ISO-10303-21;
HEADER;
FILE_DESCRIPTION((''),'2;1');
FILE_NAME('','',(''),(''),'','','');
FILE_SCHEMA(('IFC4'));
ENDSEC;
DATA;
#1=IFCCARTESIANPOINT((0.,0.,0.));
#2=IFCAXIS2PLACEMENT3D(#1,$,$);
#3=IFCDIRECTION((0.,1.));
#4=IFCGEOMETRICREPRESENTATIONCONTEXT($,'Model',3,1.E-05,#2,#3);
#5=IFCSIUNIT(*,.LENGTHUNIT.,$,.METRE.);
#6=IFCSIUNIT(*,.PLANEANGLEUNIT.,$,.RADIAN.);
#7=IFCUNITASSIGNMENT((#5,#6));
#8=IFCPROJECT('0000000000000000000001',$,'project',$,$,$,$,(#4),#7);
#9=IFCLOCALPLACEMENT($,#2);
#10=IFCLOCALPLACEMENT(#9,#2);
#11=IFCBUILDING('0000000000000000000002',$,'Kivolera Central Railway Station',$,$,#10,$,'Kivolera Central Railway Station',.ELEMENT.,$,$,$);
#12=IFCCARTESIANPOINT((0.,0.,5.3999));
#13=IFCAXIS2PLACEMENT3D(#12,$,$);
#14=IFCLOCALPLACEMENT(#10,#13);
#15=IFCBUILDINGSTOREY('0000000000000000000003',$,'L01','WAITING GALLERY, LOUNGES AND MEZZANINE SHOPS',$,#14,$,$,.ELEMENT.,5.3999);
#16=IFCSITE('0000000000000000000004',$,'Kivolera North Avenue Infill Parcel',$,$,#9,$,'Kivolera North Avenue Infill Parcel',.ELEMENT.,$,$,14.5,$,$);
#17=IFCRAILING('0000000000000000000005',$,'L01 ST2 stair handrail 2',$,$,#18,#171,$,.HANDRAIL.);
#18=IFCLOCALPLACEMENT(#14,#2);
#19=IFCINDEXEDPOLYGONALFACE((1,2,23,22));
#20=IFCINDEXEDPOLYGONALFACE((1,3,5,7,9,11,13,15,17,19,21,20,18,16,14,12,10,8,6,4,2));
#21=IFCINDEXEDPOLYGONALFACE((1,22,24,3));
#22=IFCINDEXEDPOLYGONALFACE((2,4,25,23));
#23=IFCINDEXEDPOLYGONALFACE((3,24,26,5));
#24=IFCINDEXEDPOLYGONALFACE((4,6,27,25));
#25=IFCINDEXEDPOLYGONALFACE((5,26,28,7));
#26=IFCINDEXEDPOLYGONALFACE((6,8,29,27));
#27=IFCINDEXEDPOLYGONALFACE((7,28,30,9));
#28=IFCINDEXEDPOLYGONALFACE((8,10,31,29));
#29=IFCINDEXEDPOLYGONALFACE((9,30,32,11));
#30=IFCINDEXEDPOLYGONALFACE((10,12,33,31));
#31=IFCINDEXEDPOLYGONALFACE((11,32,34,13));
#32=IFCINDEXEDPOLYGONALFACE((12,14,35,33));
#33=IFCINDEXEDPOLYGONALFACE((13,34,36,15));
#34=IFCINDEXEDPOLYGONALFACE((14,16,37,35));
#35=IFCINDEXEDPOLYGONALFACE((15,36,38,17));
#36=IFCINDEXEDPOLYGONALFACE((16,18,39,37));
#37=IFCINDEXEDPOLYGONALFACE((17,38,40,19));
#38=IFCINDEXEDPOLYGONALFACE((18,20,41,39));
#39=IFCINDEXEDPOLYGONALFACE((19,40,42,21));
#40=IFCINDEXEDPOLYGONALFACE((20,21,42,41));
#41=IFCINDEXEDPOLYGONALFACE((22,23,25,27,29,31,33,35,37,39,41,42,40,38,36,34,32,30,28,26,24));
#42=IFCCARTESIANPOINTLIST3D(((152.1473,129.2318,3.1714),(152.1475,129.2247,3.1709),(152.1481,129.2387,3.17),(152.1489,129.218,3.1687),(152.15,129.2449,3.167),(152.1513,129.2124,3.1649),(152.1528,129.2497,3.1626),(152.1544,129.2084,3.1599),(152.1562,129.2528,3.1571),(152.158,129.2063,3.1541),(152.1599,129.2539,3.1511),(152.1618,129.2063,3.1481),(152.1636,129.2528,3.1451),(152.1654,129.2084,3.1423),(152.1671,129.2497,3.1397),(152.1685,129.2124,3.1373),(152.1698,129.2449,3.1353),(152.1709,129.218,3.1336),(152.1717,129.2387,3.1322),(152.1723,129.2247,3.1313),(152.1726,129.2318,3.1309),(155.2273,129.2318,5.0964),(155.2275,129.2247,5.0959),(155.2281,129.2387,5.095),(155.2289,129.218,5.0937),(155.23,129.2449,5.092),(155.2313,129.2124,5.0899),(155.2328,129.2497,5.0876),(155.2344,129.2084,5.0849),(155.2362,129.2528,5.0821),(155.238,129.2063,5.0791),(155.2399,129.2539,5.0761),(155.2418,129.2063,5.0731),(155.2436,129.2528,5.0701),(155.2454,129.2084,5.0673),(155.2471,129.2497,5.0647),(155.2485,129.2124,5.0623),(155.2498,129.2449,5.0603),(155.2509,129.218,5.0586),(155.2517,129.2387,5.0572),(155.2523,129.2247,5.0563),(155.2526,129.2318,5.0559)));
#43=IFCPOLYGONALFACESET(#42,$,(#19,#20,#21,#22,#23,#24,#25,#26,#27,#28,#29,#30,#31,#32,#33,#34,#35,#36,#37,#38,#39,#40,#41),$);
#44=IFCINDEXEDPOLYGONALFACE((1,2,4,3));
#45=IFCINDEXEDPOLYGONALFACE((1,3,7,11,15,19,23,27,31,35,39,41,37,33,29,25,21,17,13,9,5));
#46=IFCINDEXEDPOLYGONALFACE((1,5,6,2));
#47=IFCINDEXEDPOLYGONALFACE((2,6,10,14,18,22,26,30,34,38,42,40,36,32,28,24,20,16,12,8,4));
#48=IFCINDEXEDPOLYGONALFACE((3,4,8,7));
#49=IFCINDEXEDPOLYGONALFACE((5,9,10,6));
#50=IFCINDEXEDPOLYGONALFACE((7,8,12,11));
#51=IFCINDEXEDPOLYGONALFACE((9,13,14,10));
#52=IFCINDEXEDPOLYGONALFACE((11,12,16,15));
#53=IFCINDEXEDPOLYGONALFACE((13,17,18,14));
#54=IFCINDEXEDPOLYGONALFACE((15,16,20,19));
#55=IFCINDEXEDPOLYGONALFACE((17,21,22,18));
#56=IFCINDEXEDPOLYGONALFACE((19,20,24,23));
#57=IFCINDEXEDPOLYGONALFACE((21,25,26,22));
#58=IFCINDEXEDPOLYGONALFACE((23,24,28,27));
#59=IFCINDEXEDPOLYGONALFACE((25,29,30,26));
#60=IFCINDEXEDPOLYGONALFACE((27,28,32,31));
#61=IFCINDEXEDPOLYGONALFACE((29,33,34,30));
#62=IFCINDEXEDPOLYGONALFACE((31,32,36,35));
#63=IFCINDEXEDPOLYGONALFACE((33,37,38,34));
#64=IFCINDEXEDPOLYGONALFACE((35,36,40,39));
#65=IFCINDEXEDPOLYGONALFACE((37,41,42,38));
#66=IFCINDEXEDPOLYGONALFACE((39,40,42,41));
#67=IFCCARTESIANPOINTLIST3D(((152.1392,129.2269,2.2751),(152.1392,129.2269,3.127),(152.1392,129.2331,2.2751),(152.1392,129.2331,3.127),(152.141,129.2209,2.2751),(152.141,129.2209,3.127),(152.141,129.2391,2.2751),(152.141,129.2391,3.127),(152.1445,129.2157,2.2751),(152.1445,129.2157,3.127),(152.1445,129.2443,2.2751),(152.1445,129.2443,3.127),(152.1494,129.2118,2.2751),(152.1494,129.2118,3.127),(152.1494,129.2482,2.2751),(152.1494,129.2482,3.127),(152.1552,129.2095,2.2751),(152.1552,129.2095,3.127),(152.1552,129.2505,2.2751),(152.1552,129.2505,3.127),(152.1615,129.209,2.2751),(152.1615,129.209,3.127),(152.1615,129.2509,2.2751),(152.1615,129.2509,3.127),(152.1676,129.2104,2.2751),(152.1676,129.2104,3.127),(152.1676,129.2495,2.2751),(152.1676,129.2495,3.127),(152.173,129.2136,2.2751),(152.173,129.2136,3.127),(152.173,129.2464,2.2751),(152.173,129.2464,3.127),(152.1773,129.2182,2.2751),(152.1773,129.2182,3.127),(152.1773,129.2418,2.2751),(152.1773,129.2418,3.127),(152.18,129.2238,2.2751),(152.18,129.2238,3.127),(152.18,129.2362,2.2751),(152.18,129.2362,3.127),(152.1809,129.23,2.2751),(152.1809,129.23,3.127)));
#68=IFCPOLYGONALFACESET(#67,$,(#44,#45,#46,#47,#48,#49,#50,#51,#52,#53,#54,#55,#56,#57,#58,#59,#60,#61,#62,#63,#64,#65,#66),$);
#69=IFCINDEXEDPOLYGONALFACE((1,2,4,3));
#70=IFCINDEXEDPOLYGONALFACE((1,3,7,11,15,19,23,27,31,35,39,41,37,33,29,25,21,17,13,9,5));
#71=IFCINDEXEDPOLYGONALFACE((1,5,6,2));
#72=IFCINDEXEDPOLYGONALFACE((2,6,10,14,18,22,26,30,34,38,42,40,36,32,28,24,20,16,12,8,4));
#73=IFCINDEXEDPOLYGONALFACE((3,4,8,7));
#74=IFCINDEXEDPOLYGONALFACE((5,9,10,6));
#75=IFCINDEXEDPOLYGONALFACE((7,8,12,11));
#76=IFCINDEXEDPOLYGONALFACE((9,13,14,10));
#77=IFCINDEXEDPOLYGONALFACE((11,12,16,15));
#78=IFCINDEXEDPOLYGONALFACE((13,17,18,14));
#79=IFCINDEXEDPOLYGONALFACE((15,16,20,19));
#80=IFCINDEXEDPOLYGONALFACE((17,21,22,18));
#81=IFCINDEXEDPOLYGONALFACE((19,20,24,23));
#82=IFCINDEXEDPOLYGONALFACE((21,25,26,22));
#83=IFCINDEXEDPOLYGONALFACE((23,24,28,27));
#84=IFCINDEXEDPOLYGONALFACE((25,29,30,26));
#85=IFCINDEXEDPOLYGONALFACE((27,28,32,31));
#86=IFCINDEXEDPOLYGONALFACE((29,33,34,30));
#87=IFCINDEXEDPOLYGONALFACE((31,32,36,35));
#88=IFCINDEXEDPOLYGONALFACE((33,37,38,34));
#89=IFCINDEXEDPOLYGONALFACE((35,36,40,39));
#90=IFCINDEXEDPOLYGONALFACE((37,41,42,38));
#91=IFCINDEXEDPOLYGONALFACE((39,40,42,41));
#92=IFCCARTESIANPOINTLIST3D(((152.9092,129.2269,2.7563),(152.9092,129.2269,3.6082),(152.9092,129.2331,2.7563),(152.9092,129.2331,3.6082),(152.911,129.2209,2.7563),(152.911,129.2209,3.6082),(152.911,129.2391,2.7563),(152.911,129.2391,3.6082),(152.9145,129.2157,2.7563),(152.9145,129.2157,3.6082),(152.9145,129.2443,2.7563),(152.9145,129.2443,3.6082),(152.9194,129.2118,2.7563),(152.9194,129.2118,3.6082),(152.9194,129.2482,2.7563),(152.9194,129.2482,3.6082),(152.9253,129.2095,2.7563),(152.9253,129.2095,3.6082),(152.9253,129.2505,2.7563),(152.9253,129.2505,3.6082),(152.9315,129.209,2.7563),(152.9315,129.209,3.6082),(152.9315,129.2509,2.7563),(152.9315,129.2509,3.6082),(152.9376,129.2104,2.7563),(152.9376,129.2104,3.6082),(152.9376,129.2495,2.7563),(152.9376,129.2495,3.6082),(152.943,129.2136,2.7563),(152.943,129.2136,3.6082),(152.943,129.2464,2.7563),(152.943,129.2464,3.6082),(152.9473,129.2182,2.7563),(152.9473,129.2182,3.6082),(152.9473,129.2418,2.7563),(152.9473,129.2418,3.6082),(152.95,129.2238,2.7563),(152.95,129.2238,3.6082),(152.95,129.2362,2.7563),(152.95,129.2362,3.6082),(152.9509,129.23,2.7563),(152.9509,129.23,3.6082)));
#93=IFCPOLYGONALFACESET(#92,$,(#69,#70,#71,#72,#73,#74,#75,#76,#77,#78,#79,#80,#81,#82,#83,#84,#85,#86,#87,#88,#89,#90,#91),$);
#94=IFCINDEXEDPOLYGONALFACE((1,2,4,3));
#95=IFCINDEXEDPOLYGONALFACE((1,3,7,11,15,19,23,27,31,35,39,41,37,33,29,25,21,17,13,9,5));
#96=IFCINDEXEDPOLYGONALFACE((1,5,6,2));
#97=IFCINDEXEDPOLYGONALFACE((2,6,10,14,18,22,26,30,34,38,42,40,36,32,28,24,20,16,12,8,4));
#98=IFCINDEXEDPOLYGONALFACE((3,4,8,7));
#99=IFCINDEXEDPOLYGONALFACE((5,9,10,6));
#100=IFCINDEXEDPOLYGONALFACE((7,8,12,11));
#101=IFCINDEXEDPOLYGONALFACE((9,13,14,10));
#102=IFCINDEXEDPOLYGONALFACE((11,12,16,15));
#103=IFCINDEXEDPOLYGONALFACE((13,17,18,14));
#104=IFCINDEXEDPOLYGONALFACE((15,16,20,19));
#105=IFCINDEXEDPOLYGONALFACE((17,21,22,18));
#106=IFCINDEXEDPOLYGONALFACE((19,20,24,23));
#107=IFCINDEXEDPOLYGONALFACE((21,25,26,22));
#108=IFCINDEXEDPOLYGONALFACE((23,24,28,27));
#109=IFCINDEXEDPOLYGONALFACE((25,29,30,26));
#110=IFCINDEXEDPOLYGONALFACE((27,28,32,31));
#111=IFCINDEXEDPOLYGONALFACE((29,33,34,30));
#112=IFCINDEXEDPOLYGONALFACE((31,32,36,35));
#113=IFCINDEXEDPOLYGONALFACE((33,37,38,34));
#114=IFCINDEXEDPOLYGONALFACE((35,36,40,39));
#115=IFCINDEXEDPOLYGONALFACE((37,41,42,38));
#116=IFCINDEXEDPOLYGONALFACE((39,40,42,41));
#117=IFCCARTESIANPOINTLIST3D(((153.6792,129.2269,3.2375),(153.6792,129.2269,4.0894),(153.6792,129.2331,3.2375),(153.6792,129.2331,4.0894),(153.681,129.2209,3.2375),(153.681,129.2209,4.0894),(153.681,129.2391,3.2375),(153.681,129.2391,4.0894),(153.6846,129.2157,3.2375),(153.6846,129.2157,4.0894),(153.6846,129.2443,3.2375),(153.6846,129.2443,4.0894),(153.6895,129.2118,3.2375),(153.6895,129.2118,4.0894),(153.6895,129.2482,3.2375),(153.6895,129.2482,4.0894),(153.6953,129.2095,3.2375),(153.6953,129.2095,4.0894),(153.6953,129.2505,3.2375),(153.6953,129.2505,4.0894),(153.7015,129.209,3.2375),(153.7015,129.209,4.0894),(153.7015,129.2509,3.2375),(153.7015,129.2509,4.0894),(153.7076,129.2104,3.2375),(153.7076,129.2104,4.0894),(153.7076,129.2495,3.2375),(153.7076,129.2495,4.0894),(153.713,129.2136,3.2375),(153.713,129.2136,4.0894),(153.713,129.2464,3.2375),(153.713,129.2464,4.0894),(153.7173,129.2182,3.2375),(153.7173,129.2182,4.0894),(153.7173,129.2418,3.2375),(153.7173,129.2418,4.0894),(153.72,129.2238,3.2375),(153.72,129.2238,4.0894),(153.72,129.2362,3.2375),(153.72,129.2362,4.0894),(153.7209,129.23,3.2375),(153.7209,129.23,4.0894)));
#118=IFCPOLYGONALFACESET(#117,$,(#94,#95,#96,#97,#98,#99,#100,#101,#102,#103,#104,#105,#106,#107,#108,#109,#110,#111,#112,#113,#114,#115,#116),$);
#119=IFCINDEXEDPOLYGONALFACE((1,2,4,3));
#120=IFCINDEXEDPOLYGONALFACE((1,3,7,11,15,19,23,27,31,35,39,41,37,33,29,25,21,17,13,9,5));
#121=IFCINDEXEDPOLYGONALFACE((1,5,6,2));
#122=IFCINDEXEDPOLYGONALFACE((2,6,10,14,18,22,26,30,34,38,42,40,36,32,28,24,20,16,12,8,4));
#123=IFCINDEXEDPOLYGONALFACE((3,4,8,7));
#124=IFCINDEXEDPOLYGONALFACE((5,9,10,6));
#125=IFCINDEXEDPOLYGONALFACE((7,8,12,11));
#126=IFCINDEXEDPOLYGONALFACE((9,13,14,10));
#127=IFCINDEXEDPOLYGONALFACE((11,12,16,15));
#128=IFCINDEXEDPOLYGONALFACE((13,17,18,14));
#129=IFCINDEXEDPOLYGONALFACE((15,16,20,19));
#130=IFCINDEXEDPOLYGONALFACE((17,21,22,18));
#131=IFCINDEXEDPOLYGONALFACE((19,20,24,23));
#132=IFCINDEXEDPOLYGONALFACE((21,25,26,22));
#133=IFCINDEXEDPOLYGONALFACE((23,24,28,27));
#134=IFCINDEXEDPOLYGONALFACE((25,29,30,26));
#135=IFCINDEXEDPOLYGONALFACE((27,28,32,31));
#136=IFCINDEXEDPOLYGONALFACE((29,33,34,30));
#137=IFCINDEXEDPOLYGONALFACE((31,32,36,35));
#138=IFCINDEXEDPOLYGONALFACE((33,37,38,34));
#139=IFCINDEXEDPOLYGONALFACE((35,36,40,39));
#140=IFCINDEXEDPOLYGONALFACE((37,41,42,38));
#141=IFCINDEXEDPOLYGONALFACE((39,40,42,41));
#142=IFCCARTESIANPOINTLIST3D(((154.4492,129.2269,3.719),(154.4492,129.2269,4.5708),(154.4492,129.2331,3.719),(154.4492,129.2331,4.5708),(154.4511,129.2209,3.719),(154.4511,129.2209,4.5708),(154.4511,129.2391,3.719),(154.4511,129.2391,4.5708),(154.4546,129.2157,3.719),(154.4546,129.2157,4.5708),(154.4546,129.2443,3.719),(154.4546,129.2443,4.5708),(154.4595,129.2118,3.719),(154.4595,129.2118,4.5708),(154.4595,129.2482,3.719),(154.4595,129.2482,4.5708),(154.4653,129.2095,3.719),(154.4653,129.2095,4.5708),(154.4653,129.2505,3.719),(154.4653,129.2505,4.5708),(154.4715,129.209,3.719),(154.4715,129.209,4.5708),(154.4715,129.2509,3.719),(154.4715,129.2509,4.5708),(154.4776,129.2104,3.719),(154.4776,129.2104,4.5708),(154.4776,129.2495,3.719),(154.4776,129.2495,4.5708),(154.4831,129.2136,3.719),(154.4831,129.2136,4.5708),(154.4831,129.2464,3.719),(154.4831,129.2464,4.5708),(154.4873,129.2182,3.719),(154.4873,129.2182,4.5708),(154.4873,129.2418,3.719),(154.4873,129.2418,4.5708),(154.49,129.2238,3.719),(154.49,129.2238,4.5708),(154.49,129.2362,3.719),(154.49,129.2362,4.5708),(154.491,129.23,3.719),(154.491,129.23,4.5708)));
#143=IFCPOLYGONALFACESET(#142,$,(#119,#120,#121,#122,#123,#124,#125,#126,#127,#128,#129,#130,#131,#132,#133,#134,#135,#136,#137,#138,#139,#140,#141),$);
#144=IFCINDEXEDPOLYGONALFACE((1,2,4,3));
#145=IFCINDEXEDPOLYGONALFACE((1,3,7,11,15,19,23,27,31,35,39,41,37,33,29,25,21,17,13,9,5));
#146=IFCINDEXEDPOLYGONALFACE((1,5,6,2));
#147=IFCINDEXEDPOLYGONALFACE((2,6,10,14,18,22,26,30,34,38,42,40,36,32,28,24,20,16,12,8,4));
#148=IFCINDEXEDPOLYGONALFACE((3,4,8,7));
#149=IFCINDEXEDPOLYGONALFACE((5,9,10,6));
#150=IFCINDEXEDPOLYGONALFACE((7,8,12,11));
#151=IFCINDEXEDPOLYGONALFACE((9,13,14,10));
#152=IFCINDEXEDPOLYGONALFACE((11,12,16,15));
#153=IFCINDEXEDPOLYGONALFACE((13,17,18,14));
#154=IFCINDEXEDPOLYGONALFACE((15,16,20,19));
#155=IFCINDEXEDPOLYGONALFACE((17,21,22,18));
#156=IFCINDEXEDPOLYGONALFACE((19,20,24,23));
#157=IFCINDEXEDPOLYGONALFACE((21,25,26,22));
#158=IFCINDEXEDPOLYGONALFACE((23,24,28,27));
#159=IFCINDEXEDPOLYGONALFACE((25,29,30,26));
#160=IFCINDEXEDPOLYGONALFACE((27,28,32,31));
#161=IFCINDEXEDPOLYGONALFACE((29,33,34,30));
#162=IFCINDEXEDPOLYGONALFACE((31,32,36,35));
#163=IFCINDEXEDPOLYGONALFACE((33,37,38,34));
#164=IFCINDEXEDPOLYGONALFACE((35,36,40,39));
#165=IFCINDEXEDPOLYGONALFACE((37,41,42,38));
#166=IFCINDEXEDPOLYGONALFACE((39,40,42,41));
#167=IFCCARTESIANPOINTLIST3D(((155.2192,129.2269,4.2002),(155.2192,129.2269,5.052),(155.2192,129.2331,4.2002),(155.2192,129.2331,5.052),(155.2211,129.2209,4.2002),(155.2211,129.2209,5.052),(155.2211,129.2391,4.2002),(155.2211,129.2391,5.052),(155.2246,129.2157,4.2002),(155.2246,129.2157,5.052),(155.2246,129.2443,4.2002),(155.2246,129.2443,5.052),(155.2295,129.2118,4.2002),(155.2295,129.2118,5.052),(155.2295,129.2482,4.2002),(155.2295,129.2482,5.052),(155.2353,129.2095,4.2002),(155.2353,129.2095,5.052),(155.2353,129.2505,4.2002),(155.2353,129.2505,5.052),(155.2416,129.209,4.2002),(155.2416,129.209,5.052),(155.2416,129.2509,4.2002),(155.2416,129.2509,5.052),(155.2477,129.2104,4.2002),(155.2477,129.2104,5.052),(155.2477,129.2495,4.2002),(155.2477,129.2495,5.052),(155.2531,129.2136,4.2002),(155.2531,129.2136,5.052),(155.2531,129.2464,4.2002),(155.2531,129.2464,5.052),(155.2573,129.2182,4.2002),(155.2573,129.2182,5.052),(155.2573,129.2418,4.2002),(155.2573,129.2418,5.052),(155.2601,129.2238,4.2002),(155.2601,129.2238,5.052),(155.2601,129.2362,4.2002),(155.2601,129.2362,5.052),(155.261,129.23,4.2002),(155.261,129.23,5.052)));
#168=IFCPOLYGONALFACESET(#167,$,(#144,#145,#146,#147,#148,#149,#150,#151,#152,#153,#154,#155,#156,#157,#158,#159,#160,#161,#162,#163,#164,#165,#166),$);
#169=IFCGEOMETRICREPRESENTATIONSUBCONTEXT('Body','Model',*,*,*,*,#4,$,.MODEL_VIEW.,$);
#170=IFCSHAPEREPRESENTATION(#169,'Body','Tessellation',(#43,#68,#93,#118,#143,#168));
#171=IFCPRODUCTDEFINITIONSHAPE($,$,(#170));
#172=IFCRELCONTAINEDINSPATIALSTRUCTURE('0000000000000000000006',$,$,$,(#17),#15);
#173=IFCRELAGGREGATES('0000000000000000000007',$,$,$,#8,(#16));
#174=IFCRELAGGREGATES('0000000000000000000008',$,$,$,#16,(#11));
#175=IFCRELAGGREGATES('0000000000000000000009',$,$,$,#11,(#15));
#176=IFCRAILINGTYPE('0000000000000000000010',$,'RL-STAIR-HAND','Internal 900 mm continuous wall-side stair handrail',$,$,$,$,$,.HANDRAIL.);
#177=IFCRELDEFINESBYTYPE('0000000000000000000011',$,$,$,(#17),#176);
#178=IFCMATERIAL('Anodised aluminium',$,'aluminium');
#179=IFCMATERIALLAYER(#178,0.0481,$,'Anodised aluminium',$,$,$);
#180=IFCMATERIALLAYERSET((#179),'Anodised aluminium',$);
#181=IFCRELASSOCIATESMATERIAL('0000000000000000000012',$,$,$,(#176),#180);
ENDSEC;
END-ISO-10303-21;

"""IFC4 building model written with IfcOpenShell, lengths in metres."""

from ifc_helpers import new_model, si_unit, direction, frame, origin, origin_2d, place, context, subcontext, project, spatial, circle, extrude, material, layer, layer_set, type_object, element, save


model = new_model("IFC4")

# Units and contexts
model_context = context("Model", 3, precision=1e-05, world=origin(), true_north=direction((0.0, 1.0)))
body_context = subcontext(model_context, "Body", "Model", "MODEL_VIEW")
ifc_project = project(units=[si_unit("LENGTHUNIT", "METRE"), si_unit("PLANEANGLEUNIT", "RADIAN")], contexts=[model_context])

# Site, building, storey
site_placement = place(None, origin())
site = spatial("IfcSite", under=ifc_project, at=site_placement, Name="Kivolera North Avenue Infill Parcel", LongName="Kivolera North Avenue Infill Parcel", CompositionType="ELEMENT", RefElevation=14.5)
building_placement = place(site_placement, origin())
building = spatial("IfcBuilding", under=site, at=building_placement, Name="Kivolera Central Railway Station", LongName="Kivolera Central Railway Station", CompositionType="ELEMENT")
storey_placement = place(building_placement, frame((0.0, 0.0, 5.3999)))
storey = spatial("IfcBuildingStorey", under=building, at=storey_placement, Name="L01", Description="WAITING GALLERY, LOUNGES AND MEZZANINE SHOPS", CompositionType="ELEMENT", Elevation=5.3999)

# Shared definitions
ifc_material_1 = material(Name="Anodised aluminium", Category="aluminium")

# Railing
ifc_layer_1 = layer(ifc_material_1, 0.0481, Name="Anodised aluminium")
ifc_layer_set_1 = layer_set([ifc_layer_1], Name="Anodised aluminium")
railing_type_1 = type_object("IfcRailingType", Name="RL-STAIR-HAND", Description="Internal 900 mm continuous wall-side stair handrail", PredefinedType="HANDRAIL", material=ifc_layer_set_1)
railing_1_placement = place(storey_placement, frame((152.1599, 129.23, 2.2751)))
element("IfcRailing", 1, at=railing_1_placement, inside=storey, type_object=railing_type_1, Name="L01 ST2 stair handrail 2", PredefinedType="HANDRAIL", context=body_context, shape_type="SweptSolid", body=[
    extrude(circle(Radius=0.0239, at=origin_2d()), frame((0.0, 0.0, 0.876), z_axis=(0.847998, 0.0, 0.529999), x_axis=(0.0, 1.0, 0.0)), (0.0, 0.0, 1.0), 3.6321),
    extrude(circle(Radius=0.021, at=origin_2d()), origin(), (0.0, 0.0, 1.0), 0.8518),
    extrude(circle(Radius=0.021, at=origin_2d()), frame((0.77, 0.0, 0.4812)), (0.0, 0.0, 1.0), 0.8518),
    extrude(circle(Radius=0.021, at=origin_2d()), frame((1.54, 0.0, 0.9624)), (0.0, 0.0, 1.0), 0.8518),
    extrude(circle(Radius=0.021, at=origin_2d()), frame((2.3101, 0.0, 1.4438)), (0.0, 0.0, 1.0), 0.8518),
    extrude(circle(Radius=0.021, at=origin_2d()), frame((3.0801, 0.0, 1.925)), (0.0, 0.0, 1.0), 0.8518),
])

save(model, "model.ifc")
